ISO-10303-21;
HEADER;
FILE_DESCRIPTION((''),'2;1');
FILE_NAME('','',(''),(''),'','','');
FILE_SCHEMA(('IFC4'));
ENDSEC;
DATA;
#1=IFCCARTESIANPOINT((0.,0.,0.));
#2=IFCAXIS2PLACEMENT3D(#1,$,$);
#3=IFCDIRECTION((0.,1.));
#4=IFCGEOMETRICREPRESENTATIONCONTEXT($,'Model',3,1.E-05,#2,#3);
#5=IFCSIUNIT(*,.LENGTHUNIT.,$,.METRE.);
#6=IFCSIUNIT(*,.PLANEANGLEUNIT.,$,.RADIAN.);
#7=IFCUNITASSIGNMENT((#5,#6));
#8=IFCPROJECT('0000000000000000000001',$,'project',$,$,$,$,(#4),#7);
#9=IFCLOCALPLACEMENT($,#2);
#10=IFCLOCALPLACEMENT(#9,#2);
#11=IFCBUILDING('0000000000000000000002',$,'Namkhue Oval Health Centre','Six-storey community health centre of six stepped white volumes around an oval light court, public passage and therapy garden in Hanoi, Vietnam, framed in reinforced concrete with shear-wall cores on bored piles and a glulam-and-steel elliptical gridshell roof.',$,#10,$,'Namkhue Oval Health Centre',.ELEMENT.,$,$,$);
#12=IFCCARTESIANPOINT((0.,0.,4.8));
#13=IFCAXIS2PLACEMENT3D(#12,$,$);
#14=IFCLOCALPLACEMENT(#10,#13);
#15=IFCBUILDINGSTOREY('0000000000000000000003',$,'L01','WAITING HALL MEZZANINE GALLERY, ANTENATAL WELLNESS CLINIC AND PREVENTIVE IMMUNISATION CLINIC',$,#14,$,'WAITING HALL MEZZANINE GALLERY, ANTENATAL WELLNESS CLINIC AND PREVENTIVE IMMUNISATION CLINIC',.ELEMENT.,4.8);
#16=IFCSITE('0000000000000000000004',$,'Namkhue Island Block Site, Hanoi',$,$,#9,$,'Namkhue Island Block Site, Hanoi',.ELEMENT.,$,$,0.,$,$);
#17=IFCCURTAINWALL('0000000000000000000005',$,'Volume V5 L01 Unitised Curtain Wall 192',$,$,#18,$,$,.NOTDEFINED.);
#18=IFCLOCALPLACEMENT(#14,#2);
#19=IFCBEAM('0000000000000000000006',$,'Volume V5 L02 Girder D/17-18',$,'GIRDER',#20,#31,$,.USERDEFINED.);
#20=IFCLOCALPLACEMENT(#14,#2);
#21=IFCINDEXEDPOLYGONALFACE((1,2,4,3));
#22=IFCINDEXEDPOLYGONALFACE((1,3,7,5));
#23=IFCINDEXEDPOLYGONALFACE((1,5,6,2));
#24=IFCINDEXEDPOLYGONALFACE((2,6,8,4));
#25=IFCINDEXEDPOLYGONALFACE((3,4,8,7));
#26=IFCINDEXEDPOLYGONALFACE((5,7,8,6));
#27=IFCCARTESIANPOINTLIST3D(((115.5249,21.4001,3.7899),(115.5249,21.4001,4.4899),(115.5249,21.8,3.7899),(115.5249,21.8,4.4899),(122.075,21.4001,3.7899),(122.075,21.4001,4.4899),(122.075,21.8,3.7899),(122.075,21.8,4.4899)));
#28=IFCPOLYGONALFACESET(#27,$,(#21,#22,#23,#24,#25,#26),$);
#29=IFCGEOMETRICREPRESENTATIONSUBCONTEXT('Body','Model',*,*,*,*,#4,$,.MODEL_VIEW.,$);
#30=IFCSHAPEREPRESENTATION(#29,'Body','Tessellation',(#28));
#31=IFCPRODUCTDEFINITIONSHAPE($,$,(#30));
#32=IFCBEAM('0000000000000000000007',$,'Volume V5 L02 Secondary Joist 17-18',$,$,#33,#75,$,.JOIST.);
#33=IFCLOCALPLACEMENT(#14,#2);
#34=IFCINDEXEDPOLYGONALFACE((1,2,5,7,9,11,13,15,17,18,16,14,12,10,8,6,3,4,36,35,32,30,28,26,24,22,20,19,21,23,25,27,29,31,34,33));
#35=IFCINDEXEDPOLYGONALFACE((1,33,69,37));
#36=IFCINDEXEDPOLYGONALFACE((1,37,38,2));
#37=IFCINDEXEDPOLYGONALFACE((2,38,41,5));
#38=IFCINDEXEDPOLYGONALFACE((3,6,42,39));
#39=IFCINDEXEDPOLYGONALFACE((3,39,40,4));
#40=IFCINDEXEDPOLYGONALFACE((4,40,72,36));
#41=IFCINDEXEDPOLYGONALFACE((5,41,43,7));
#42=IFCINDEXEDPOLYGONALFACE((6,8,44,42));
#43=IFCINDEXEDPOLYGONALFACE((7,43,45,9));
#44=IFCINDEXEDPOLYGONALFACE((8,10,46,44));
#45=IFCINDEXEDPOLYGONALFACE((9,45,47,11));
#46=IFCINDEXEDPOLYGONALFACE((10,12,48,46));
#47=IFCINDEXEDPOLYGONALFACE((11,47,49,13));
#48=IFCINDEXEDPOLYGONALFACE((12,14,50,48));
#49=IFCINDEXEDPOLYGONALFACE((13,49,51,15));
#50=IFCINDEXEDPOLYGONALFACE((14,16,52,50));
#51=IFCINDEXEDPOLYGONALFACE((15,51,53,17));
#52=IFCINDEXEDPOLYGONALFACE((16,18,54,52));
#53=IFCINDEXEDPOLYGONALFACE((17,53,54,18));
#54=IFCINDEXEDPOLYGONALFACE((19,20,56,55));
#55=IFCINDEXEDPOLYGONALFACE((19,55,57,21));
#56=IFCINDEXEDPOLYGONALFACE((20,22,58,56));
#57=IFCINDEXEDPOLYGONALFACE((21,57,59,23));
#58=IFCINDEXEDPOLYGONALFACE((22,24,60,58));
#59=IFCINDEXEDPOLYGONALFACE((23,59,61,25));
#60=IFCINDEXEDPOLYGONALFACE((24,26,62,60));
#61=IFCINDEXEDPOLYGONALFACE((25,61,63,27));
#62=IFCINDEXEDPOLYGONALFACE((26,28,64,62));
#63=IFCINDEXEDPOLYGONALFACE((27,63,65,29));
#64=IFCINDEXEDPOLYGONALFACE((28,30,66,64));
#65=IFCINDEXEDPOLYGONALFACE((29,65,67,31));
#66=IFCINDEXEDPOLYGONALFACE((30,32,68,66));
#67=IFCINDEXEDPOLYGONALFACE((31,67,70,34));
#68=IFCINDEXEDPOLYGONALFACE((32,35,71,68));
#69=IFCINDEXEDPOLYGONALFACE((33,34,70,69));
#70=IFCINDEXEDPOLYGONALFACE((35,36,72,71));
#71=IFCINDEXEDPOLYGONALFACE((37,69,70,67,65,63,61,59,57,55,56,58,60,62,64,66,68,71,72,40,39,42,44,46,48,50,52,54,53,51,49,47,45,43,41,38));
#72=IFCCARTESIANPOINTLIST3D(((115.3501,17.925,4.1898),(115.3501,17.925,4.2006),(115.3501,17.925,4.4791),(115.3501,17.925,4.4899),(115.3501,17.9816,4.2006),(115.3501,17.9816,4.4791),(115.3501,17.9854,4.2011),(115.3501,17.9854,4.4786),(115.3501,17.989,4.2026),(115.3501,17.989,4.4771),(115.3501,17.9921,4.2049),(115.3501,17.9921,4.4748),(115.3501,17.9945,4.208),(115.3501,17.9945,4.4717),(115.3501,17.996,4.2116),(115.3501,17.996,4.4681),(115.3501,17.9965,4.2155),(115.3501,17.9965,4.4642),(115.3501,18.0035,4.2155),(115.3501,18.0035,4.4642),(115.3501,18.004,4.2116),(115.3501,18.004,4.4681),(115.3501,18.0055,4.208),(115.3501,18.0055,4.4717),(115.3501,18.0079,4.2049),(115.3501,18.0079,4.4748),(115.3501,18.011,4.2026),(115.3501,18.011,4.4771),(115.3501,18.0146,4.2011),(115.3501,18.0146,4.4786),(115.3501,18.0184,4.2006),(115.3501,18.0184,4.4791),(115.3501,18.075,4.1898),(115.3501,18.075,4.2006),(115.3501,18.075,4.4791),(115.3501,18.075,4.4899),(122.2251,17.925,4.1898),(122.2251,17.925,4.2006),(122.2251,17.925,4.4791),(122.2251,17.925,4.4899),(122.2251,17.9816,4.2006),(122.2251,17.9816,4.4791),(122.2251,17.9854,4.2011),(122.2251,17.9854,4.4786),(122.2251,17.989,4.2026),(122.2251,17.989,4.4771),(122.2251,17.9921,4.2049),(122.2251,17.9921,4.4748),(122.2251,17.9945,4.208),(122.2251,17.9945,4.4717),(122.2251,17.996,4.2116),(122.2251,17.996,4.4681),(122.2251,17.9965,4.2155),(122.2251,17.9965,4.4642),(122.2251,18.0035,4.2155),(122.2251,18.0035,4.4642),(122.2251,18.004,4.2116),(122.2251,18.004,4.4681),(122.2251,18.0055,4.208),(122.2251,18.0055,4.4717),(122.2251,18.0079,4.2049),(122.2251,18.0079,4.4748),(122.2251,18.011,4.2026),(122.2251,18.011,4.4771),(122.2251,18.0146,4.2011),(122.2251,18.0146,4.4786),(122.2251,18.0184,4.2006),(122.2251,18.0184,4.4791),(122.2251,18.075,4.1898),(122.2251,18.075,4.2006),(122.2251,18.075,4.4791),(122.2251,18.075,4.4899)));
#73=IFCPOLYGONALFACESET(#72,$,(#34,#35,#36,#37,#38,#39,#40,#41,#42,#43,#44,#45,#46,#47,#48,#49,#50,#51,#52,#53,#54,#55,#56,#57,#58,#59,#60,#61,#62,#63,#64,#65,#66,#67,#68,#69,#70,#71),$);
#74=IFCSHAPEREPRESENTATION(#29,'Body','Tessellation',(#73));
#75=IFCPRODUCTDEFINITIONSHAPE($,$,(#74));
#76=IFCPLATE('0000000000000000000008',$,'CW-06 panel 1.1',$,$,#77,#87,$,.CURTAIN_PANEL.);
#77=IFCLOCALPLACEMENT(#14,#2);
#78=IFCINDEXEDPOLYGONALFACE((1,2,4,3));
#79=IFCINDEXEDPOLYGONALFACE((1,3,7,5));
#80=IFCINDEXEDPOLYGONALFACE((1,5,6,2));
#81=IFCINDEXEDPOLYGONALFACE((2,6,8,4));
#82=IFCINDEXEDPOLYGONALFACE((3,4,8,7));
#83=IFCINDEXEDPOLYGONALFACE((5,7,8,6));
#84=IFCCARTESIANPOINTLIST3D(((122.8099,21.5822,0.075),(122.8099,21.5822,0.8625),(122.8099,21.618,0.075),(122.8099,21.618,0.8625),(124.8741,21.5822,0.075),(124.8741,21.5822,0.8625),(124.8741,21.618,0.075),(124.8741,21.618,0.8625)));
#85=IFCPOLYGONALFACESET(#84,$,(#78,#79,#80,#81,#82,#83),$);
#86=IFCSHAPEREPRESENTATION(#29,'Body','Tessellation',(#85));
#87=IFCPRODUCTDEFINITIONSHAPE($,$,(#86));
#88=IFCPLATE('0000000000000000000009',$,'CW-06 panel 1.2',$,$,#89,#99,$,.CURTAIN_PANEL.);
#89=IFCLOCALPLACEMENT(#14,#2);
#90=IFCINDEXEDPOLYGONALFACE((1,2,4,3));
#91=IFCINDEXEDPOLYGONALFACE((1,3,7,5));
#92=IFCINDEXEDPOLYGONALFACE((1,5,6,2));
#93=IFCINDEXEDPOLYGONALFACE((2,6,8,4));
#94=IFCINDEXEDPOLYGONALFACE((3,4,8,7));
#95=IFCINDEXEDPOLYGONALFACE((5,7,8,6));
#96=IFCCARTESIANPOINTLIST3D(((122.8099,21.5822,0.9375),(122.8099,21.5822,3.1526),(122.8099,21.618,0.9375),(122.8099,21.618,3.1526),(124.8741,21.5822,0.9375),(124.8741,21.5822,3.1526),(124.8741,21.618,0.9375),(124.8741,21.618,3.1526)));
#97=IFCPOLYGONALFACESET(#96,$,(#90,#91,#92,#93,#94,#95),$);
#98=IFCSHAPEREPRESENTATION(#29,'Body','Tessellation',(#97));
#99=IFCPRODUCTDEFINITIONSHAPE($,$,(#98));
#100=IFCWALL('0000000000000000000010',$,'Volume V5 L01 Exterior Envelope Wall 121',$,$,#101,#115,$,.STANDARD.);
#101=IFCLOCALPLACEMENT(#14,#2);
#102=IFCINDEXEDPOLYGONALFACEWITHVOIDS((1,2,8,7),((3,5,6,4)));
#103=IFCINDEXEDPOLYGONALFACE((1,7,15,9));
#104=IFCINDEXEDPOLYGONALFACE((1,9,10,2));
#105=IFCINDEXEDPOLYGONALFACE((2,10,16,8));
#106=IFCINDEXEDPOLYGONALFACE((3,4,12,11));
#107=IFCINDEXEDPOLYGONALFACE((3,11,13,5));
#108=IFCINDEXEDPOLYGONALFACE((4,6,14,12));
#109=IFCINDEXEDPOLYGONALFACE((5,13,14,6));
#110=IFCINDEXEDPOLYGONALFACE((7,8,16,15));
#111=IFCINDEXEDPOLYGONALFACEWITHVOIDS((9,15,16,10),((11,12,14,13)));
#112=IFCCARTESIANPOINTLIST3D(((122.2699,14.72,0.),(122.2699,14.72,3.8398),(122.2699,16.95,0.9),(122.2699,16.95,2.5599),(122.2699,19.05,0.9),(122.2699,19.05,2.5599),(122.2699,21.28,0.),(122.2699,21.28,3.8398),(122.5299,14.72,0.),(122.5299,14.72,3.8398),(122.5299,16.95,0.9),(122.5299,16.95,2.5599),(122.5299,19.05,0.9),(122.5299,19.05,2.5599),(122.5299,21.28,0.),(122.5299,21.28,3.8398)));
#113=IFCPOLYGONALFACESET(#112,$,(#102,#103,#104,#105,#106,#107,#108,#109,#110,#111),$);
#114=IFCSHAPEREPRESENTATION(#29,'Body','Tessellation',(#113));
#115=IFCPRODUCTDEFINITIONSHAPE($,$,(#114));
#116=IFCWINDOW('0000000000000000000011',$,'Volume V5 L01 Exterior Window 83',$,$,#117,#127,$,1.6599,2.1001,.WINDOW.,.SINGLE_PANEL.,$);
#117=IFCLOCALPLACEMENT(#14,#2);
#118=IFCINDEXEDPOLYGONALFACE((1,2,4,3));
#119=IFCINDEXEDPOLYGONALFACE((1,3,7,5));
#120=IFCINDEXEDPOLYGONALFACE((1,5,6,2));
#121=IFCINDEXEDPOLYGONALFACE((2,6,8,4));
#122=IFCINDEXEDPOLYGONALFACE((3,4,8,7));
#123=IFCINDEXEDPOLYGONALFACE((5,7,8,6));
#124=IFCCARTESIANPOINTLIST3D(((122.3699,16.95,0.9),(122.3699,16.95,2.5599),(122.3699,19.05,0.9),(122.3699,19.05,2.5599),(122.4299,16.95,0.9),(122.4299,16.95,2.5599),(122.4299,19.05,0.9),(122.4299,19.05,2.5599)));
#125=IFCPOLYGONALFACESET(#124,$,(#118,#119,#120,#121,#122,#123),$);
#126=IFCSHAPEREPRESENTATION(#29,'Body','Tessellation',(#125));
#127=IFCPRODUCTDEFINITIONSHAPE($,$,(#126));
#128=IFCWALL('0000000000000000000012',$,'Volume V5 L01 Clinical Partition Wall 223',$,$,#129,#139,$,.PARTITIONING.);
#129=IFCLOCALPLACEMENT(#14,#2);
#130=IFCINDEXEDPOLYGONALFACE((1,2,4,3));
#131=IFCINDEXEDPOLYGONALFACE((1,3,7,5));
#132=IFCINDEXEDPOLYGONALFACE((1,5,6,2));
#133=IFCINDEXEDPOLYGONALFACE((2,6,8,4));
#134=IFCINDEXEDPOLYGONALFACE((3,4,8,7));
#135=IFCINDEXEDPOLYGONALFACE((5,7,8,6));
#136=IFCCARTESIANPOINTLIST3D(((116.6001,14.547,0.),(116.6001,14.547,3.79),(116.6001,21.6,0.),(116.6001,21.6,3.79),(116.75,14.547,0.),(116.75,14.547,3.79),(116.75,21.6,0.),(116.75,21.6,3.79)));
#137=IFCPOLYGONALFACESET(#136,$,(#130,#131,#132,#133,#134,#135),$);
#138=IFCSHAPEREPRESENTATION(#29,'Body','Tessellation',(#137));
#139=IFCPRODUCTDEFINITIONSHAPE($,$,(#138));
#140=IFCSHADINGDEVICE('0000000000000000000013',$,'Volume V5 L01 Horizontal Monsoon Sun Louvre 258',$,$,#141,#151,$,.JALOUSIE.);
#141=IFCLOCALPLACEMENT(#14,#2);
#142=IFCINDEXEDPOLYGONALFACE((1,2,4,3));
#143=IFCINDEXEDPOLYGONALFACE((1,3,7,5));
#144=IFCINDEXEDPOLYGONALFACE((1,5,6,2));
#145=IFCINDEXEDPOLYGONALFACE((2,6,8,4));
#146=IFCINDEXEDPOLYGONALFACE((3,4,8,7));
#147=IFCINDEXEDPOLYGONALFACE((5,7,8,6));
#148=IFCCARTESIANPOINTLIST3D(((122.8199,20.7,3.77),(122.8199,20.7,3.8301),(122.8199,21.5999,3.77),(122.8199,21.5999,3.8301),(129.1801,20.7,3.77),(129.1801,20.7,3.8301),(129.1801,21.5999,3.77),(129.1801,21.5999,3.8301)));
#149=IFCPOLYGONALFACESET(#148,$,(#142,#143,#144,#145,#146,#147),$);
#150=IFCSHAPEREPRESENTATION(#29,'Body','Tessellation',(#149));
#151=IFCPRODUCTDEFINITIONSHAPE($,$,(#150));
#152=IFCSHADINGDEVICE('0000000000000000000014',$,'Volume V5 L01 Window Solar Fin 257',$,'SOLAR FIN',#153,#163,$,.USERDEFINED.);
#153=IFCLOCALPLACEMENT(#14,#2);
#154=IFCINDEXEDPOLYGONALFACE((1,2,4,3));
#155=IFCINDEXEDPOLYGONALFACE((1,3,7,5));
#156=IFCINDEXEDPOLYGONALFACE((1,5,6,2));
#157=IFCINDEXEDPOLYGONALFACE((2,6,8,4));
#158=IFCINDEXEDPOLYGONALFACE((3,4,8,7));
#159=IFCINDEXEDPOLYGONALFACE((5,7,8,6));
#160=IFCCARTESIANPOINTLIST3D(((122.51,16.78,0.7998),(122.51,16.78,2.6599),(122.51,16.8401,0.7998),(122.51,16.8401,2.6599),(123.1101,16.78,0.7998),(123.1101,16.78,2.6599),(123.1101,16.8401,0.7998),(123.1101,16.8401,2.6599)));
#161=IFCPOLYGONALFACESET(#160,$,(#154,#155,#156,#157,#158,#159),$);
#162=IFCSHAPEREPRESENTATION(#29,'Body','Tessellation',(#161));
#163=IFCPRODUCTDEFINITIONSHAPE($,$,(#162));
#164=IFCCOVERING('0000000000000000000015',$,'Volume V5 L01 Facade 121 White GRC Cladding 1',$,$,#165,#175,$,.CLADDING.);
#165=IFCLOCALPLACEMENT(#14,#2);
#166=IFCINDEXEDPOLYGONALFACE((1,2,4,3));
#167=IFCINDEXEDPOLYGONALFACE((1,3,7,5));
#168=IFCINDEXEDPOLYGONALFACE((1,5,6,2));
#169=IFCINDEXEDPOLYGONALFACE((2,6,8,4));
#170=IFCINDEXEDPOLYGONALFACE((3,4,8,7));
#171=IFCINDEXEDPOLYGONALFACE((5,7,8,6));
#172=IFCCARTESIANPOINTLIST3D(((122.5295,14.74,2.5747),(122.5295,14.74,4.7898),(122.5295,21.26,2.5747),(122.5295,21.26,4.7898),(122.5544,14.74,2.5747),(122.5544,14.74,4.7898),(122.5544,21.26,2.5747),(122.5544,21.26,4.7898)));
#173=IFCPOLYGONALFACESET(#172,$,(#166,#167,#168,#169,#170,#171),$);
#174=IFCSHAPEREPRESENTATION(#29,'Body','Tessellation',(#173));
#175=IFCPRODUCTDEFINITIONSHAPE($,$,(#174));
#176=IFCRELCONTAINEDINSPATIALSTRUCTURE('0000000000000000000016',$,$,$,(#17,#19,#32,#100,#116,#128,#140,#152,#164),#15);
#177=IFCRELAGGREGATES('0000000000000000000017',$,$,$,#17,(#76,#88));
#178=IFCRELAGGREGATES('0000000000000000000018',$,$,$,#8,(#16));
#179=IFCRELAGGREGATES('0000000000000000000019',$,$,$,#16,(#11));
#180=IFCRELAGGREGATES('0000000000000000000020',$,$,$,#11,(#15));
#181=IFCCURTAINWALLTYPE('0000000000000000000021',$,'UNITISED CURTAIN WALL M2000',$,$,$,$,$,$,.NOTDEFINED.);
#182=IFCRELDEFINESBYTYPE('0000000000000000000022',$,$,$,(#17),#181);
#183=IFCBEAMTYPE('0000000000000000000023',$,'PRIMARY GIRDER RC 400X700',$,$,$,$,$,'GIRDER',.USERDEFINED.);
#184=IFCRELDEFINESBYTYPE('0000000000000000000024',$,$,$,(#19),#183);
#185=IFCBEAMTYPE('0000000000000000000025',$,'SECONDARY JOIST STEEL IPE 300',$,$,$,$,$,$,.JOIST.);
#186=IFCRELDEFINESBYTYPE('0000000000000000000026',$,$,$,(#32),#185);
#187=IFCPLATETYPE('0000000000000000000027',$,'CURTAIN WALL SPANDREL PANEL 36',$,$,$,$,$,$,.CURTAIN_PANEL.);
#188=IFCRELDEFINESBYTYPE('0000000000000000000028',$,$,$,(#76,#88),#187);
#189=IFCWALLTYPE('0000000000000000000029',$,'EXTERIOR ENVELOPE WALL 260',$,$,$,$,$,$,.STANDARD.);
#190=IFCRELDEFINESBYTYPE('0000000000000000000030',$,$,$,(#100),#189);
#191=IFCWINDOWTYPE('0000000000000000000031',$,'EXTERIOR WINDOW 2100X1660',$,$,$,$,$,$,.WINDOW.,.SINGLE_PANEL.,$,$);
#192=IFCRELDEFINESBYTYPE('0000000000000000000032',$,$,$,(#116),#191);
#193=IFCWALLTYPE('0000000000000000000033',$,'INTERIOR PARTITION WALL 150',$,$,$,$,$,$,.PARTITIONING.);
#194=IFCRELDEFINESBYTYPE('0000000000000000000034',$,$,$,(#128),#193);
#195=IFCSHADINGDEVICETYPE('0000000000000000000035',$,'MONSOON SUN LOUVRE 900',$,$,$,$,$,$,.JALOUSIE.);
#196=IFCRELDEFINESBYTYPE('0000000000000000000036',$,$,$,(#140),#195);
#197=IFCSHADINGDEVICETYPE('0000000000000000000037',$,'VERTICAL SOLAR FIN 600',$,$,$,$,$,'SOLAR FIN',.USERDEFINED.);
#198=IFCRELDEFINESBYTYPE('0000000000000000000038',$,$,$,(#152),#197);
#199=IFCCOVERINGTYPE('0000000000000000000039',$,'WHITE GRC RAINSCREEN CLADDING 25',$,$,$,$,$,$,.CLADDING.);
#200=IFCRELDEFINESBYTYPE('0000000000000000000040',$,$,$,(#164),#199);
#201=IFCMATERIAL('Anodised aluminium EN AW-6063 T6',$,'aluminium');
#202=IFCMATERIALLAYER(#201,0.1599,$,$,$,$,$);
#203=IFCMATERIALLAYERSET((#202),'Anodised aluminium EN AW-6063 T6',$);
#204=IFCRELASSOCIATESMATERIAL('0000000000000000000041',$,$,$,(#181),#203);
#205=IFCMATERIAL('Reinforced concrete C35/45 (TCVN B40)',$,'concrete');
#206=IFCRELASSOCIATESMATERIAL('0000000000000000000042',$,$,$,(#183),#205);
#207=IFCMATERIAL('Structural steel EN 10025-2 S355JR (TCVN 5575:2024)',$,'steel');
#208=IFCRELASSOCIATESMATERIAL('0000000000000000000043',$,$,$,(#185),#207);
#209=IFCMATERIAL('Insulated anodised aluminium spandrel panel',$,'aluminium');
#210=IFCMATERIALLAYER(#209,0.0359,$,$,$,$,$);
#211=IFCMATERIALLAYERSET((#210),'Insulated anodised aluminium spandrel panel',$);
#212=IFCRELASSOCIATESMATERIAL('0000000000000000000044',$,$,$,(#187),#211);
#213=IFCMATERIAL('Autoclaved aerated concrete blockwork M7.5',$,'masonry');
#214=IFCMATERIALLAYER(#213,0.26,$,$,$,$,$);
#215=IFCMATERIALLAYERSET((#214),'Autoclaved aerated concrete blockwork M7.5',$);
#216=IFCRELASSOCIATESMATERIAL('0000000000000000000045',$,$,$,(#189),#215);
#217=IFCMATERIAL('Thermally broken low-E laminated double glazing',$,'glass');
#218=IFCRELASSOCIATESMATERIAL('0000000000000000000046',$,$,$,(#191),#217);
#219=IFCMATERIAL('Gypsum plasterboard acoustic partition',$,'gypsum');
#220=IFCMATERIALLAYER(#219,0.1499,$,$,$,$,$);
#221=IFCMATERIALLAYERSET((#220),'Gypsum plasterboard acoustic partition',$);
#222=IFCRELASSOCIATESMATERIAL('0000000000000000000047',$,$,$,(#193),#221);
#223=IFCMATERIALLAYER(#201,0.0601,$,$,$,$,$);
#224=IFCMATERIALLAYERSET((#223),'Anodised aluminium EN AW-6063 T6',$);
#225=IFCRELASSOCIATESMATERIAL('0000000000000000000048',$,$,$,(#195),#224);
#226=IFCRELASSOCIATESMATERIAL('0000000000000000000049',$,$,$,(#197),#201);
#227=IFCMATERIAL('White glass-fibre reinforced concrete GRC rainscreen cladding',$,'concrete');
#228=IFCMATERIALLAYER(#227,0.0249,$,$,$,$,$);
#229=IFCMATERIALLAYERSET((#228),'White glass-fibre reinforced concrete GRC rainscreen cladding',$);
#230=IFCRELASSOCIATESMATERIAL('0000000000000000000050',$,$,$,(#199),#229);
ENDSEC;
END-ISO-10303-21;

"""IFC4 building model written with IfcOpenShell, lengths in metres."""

from ifc_helpers import new_model, si_unit, direction, frame, frame_2d, origin, origin_2d, place, context, subcontext, project, spatial, rectangle, i_section, extrude, material, layer, layer_set, material_profile, profile_set, type_object, element, fill, aggregate, save


model = new_model("IFC4")

# Units and contexts
model_context = context("Model", 3, precision=1e-05, world=origin(), true_north=direction((0.0, 1.0)))
body_context = subcontext(model_context, "Body", "Model", "MODEL_VIEW")
ifc_project = project(units=[si_unit("LENGTHUNIT", "METRE"), si_unit("PLANEANGLEUNIT", "RADIAN")], contexts=[model_context])

# Site, building, storey
site_placement = place(None, origin())
site = spatial("IfcSite", under=ifc_project, at=site_placement, Name="Namkhue Island Block Site, Hanoi", LongName="Namkhue Island Block Site, Hanoi", CompositionType="ELEMENT", RefElevation=0.0)
building_placement = place(site_placement, origin())
building = spatial("IfcBuilding", under=site, at=building_placement, Name="Namkhue Oval Health Centre", Description="Six-storey community health centre of six stepped white volumes around an oval light court, public passage and therapy garden in Hanoi, Vietnam, framed in reinforced concrete with shear-wall cores on bored piles and a glulam-and-steel elliptical gridshell roof.", LongName="Namkhue Oval Health Centre", CompositionType="ELEMENT")
storey_placement = place(building_placement, frame((0.0, 0.0, 4.8)))
storey = spatial("IfcBuildingStorey", under=building, at=storey_placement, Name="L01", Description="WAITING HALL MEZZANINE GALLERY, ANTENATAL WELLNESS CLINIC AND PREVENTIVE IMMUNISATION CLINIC", LongName="WAITING HALL MEZZANINE GALLERY, ANTENATAL WELLNESS CLINIC AND PREVENTIVE IMMUNISATION CLINIC", CompositionType="ELEMENT", Elevation=4.8)

# Shared definitions
ifc_material_1 = material(Name="Reinforced concrete C35/45 (TCVN B40)", Category="concrete")

# Shared definitions
ifc_material_2 = material(Name="Anodised aluminium EN AW-6063 T6", Category="aluminium")

# Curtain wall
ifc_layer_1 = layer(ifc_material_2, 0.1599)
ifc_layer_set_1 = layer_set([ifc_layer_1], Name="Anodised aluminium EN AW-6063 T6")
curtain_wall_type_1 = type_object("IfcCurtainWallType", Name="UNITISED CURTAIN WALL M2000", PredefinedType="NOTDEFINED", material=ifc_layer_set_1)
curtain_wall_1_placement = place(storey_placement, origin())
curtain_wall_1 = element("IfcCurtainWall", 1, at=curtain_wall_1_placement, inside=storey, type_object=curtain_wall_type_1, Name="Volume V5 L01 Unitised Curtain Wall 192", PredefinedType="NOTDEFINED")

# Beams
ifc_material_profile_1 = material_profile(ifc_material_1, rectangle(XDim=0.3999, YDim=0.7, at=origin_2d()), Name="RC 400x700")
ifc_profile_set_1 = profile_set([ifc_material_profile_1], Name="Reinforced concrete C35/45 (TCVN B40)")
beam_type_1 = type_object("IfcBeamType", Name="PRIMARY GIRDER RC 400X700", ElementType="GIRDER", PredefinedType="USERDEFINED", material=ifc_profile_set_1)
beam_1_placement = place(storey_placement, frame((115.5249, 21.6001, 4.1399), z_axis=(1.0, 0.0, 0.0), x_axis=(0.0, 1.0, 0.0)))
element("IfcBeam", 2, at=beam_1_placement, inside=storey, type_object=beam_type_1, Name="Volume V5 L02 Girder D/17-18", ObjectType="GIRDER", PredefinedType="USERDEFINED", context=body_context, shape_type="SweptSolid", body=[
    extrude(rectangle(XDim=0.3999, YDim=0.7, at=origin_2d()), origin(), (0.0, 0.0, 1.0), 6.55),
])
ifc_material_3 = material(Name="Structural steel EN 10025-2 S355JR (TCVN 5575:2024)", Category="steel")
ifc_material_profile_2 = material_profile(ifc_material_3, i_section(OverallWidth=0.1499, OverallDepth=0.3, WebThickness=0.0071, FlangeThickness=0.0107, FilletRadius=0.0149, at=origin_2d()), Name="IPE 300")
ifc_profile_set_2 = profile_set([ifc_material_profile_2], Name="Structural steel EN 10025-2 S355JR (TCVN 5575:2024)")
beam_type_2 = type_object("IfcBeamType", Name="SECONDARY JOIST STEEL IPE 300", PredefinedType="JOIST", material=ifc_profile_set_2)
beam_2_placement = place(storey_placement, frame((115.3501, 18.0, 4.3398), z_axis=(1.0, 0.0, 0.0), x_axis=(0.0, 1.0, 0.0)))
element("IfcBeam", 3, at=beam_2_placement, inside=storey, type_object=beam_type_2, Name="Volume V5 L02 Secondary Joist 17-18", PredefinedType="JOIST", context=body_context, shape_type="SweptSolid", body=[
    extrude(i_section(OverallWidth=0.1499, OverallDepth=0.3, WebThickness=0.0071, FlangeThickness=0.0107, FilletRadius=0.0149, at=origin_2d()), origin(), (0.0, 0.0, 1.0), 6.875),
])

# Plates
ifc_material_4 = material(Name="Insulated anodised aluminium spandrel panel", Category="aluminium")
ifc_layer_2 = layer(ifc_material_4, 0.0359)
ifc_layer_set_2 = layer_set([ifc_layer_2], Name="Insulated anodised aluminium spandrel panel")
plate_type = type_object("IfcPlateType", Name="CURTAIN WALL SPANDREL PANEL 36", PredefinedType="CURTAIN_PANEL", material=ifc_layer_set_2)
plate_1_placement = place(storey_placement, frame((123.842, 21.6001, 0.075), z_axis=(0.0, 0.0, 1.0), x_axis=(1.0, 0.0, 0.0)))
plate_1 = element("IfcPlate", 4, at=plate_1_placement, type_object=plate_type, Name="CW-06 panel 1.1", PredefinedType="CURTAIN_PANEL", context=body_context, shape_type="SweptSolid", body=[
    extrude(rectangle(XDim=2.0642, YDim=0.0359, at=origin_2d()), origin(), (0.0, 0.0, 1.0), 0.7876),
])
plate_2_placement = place(storey_placement, frame((123.842, 21.6001, 0.9375), z_axis=(0.0, 0.0, 1.0), x_axis=(1.0, 0.0, 0.0)))
plate_2 = element("IfcPlate", 5, at=plate_2_placement, type_object=plate_type, Name="CW-06 panel 1.2", PredefinedType="CURTAIN_PANEL", context=body_context, shape_type="SweptSolid", body=[
    extrude(rectangle(XDim=2.0642, YDim=0.0359, at=origin_2d()), origin(), (0.0, 0.0, 1.0), 2.2151),
])
aggregate(curtain_wall_1, [plate_1, plate_2])

# Wall, opening, window
ifc_material_5 = material(Name="Autoclaved aerated concrete blockwork M7.5", Category="masonry")
ifc_layer_3 = layer(ifc_material_5, 0.26)
ifc_layer_set_3 = layer_set([ifc_layer_3], Name="Autoclaved aerated concrete blockwork M7.5")
wall_type_1 = type_object("IfcWallType", Name="EXTERIOR ENVELOPE WALL 260", PredefinedType="STANDARD", material=ifc_layer_set_3)
wall_1_placement = place(storey_placement, frame((122.3999, 14.72, 0.0), z_axis=(0.0, 0.0, 1.0), x_axis=(0.0, 1.0, 0.0)))
wall_1 = element("IfcWall", 6, at=wall_1_placement, inside=storey, type_object=wall_type_1, Name="Volume V5 L01 Exterior Envelope Wall 121", PredefinedType="STANDARD", context=body_context, shape_type="SweptSolid", body=[
    extrude(rectangle(XDim=6.5601, YDim=0.26, at=frame_2d((3.28, 0.0))), origin(), (0.0, 0.0, 1.0), 3.8398),
])
opening_placement = place(wall_1_placement, frame((2.23, 0.0, 0.8999)))
opening = element("IfcOpeningElement", 7, at=opening_placement, cuts=wall_1, PredefinedType="OPENING", context=body_context, shape_type="SweptSolid", body=[
    extrude(rectangle(XDim=2.1001, YDim=1.6599, at=frame_2d((1.05, 0.8301))), frame((0.0, 0.1399, 0.0), z_axis=(0.0, -1.0, 0.0), x_axis=(1.0, 0.0, 0.0)), (0.0, 0.0, 1.0), 0.28),
])
ifc_material_6 = material(Name="Thermally broken low-E laminated double glazing", Category="glass")
window_type = type_object("IfcWindowType", Name="EXTERIOR WINDOW 2100X1660", PartitioningType="SINGLE_PANEL", PredefinedType="WINDOW", material=ifc_material_6)
window_placement = place(opening_placement, origin())
window = element("IfcWindow", 8, at=window_placement, inside=storey, type_object=window_type, Name="Volume V5 L01 Exterior Window 83", OverallHeight=1.6599, OverallWidth=2.1001, PartitioningType="SINGLE_PANEL", PredefinedType="WINDOW", context=body_context, shape_type="SweptSolid", body=[
    extrude(rectangle(XDim=2.1001, YDim=1.6599, at=frame_2d((1.05, 0.8301))), frame((0.0, 0.03, 0.0), z_axis=(0.0, -1.0, 0.0), x_axis=(1.0, 0.0, 0.0)), (0.0, 0.0, 1.0), 0.0601),
])
fill(opening, window)

# Wall
ifc_material_7 = material(Name="Gypsum plasterboard acoustic partition", Category="gypsum")
ifc_layer_4 = layer(ifc_material_7, 0.1499)
ifc_layer_set_4 = layer_set([ifc_layer_4], Name="Gypsum plasterboard acoustic partition")
wall_type_2 = type_object("IfcWallType", Name="INTERIOR PARTITION WALL 150", PredefinedType="PARTITIONING", material=ifc_layer_set_4)
wall_2_placement = place(storey_placement, frame((116.675, 14.5471, 0.0), z_axis=(0.0, 0.0, 1.0), x_axis=(0.0, 1.0, 0.0)))
element("IfcWall", 9, at=wall_2_placement, inside=storey, type_object=wall_type_2, Name="Volume V5 L01 Clinical Partition Wall 223", PredefinedType="PARTITIONING", context=body_context, shape_type="SweptSolid", body=[
    extrude(rectangle(XDim=7.053, YDim=0.1499, at=frame_2d((3.5264, 0.0))), origin(), (0.0, 0.0, 1.0), 3.79),
])

# Shading devices
ifc_layer_5 = layer(ifc_material_2, 0.0601)
ifc_layer_set_5 = layer_set([ifc_layer_5], Name="Anodised aluminium EN AW-6063 T6")
shading_device_type_1 = type_object("IfcShadingDeviceType", Name="MONSOON SUN LOUVRE 900", PredefinedType="JALOUSIE", material=ifc_layer_set_5)
shading_device_1_placement = place(storey_placement, frame((126.0, 21.1499, 3.77), z_axis=(0.0, 0.0, 1.0), x_axis=(1.0, 0.0, 0.0)))
element("IfcShadingDevice", 10, at=shading_device_1_placement, inside=storey, type_object=shading_device_type_1, Name="Volume V5 L01 Horizontal Monsoon Sun Louvre 258", PredefinedType="JALOUSIE", context=body_context, shape_type="SweptSolid", body=[
    extrude(rectangle(XDim=6.3601, YDim=0.8999, at=origin_2d()), origin(), (0.0, 0.0, 1.0), 0.0601),
])
shading_device_type_2 = type_object("IfcShadingDeviceType", Name="VERTICAL SOLAR FIN 600", ElementType="SOLAR FIN", PredefinedType="USERDEFINED", material=ifc_material_2)
shading_device_2_placement = place(storey_placement, frame((122.8101, 16.8101, 0.7998), z_axis=(0.0, 0.0, 1.0), x_axis=(1.0, 0.0, 0.0)))
element("IfcShadingDevice", 11, at=shading_device_2_placement, inside=storey, type_object=shading_device_type_2, Name="Volume V5 L01 Window Solar Fin 257", ObjectType="SOLAR FIN", PredefinedType="USERDEFINED", context=body_context, shape_type="SweptSolid", body=[
    extrude(rectangle(XDim=0.6001, YDim=0.0601, at=origin_2d()), origin(), (0.0, 0.0, 1.0), 1.8601),
])

# Covering
ifc_material_8 = material(Name="White glass-fibre reinforced concrete GRC rainscreen cladding", Category="concrete")
ifc_layer_6 = layer(ifc_material_8, 0.0249)
ifc_layer_set_6 = layer_set([ifc_layer_6], Name="White glass-fibre reinforced concrete GRC rainscreen cladding")
covering_type = type_object("IfcCoveringType", Name="WHITE GRC RAINSCREEN CLADDING 25", PredefinedType="CLADDING", material=ifc_layer_set_6)
covering_1_placement = place(storey_placement, frame((122.542, 18.0, 2.5747), z_axis=(0.0, 0.0, 1.0), x_axis=(0.0, 1.0, 0.0)))
element("IfcCovering", 12, at=covering_1_placement, inside=storey, type_object=covering_type, Name="Volume V5 L01 Facade 121 White GRC Cladding 1", PredefinedType="CLADDING", context=body_context, shape_type="SweptSolid", body=[
    extrude(rectangle(XDim=6.52, YDim=0.0249, at=origin_2d()), origin(), (0.0, 0.0, 1.0), 2.2151),
])

save(model, "model.ifc")
